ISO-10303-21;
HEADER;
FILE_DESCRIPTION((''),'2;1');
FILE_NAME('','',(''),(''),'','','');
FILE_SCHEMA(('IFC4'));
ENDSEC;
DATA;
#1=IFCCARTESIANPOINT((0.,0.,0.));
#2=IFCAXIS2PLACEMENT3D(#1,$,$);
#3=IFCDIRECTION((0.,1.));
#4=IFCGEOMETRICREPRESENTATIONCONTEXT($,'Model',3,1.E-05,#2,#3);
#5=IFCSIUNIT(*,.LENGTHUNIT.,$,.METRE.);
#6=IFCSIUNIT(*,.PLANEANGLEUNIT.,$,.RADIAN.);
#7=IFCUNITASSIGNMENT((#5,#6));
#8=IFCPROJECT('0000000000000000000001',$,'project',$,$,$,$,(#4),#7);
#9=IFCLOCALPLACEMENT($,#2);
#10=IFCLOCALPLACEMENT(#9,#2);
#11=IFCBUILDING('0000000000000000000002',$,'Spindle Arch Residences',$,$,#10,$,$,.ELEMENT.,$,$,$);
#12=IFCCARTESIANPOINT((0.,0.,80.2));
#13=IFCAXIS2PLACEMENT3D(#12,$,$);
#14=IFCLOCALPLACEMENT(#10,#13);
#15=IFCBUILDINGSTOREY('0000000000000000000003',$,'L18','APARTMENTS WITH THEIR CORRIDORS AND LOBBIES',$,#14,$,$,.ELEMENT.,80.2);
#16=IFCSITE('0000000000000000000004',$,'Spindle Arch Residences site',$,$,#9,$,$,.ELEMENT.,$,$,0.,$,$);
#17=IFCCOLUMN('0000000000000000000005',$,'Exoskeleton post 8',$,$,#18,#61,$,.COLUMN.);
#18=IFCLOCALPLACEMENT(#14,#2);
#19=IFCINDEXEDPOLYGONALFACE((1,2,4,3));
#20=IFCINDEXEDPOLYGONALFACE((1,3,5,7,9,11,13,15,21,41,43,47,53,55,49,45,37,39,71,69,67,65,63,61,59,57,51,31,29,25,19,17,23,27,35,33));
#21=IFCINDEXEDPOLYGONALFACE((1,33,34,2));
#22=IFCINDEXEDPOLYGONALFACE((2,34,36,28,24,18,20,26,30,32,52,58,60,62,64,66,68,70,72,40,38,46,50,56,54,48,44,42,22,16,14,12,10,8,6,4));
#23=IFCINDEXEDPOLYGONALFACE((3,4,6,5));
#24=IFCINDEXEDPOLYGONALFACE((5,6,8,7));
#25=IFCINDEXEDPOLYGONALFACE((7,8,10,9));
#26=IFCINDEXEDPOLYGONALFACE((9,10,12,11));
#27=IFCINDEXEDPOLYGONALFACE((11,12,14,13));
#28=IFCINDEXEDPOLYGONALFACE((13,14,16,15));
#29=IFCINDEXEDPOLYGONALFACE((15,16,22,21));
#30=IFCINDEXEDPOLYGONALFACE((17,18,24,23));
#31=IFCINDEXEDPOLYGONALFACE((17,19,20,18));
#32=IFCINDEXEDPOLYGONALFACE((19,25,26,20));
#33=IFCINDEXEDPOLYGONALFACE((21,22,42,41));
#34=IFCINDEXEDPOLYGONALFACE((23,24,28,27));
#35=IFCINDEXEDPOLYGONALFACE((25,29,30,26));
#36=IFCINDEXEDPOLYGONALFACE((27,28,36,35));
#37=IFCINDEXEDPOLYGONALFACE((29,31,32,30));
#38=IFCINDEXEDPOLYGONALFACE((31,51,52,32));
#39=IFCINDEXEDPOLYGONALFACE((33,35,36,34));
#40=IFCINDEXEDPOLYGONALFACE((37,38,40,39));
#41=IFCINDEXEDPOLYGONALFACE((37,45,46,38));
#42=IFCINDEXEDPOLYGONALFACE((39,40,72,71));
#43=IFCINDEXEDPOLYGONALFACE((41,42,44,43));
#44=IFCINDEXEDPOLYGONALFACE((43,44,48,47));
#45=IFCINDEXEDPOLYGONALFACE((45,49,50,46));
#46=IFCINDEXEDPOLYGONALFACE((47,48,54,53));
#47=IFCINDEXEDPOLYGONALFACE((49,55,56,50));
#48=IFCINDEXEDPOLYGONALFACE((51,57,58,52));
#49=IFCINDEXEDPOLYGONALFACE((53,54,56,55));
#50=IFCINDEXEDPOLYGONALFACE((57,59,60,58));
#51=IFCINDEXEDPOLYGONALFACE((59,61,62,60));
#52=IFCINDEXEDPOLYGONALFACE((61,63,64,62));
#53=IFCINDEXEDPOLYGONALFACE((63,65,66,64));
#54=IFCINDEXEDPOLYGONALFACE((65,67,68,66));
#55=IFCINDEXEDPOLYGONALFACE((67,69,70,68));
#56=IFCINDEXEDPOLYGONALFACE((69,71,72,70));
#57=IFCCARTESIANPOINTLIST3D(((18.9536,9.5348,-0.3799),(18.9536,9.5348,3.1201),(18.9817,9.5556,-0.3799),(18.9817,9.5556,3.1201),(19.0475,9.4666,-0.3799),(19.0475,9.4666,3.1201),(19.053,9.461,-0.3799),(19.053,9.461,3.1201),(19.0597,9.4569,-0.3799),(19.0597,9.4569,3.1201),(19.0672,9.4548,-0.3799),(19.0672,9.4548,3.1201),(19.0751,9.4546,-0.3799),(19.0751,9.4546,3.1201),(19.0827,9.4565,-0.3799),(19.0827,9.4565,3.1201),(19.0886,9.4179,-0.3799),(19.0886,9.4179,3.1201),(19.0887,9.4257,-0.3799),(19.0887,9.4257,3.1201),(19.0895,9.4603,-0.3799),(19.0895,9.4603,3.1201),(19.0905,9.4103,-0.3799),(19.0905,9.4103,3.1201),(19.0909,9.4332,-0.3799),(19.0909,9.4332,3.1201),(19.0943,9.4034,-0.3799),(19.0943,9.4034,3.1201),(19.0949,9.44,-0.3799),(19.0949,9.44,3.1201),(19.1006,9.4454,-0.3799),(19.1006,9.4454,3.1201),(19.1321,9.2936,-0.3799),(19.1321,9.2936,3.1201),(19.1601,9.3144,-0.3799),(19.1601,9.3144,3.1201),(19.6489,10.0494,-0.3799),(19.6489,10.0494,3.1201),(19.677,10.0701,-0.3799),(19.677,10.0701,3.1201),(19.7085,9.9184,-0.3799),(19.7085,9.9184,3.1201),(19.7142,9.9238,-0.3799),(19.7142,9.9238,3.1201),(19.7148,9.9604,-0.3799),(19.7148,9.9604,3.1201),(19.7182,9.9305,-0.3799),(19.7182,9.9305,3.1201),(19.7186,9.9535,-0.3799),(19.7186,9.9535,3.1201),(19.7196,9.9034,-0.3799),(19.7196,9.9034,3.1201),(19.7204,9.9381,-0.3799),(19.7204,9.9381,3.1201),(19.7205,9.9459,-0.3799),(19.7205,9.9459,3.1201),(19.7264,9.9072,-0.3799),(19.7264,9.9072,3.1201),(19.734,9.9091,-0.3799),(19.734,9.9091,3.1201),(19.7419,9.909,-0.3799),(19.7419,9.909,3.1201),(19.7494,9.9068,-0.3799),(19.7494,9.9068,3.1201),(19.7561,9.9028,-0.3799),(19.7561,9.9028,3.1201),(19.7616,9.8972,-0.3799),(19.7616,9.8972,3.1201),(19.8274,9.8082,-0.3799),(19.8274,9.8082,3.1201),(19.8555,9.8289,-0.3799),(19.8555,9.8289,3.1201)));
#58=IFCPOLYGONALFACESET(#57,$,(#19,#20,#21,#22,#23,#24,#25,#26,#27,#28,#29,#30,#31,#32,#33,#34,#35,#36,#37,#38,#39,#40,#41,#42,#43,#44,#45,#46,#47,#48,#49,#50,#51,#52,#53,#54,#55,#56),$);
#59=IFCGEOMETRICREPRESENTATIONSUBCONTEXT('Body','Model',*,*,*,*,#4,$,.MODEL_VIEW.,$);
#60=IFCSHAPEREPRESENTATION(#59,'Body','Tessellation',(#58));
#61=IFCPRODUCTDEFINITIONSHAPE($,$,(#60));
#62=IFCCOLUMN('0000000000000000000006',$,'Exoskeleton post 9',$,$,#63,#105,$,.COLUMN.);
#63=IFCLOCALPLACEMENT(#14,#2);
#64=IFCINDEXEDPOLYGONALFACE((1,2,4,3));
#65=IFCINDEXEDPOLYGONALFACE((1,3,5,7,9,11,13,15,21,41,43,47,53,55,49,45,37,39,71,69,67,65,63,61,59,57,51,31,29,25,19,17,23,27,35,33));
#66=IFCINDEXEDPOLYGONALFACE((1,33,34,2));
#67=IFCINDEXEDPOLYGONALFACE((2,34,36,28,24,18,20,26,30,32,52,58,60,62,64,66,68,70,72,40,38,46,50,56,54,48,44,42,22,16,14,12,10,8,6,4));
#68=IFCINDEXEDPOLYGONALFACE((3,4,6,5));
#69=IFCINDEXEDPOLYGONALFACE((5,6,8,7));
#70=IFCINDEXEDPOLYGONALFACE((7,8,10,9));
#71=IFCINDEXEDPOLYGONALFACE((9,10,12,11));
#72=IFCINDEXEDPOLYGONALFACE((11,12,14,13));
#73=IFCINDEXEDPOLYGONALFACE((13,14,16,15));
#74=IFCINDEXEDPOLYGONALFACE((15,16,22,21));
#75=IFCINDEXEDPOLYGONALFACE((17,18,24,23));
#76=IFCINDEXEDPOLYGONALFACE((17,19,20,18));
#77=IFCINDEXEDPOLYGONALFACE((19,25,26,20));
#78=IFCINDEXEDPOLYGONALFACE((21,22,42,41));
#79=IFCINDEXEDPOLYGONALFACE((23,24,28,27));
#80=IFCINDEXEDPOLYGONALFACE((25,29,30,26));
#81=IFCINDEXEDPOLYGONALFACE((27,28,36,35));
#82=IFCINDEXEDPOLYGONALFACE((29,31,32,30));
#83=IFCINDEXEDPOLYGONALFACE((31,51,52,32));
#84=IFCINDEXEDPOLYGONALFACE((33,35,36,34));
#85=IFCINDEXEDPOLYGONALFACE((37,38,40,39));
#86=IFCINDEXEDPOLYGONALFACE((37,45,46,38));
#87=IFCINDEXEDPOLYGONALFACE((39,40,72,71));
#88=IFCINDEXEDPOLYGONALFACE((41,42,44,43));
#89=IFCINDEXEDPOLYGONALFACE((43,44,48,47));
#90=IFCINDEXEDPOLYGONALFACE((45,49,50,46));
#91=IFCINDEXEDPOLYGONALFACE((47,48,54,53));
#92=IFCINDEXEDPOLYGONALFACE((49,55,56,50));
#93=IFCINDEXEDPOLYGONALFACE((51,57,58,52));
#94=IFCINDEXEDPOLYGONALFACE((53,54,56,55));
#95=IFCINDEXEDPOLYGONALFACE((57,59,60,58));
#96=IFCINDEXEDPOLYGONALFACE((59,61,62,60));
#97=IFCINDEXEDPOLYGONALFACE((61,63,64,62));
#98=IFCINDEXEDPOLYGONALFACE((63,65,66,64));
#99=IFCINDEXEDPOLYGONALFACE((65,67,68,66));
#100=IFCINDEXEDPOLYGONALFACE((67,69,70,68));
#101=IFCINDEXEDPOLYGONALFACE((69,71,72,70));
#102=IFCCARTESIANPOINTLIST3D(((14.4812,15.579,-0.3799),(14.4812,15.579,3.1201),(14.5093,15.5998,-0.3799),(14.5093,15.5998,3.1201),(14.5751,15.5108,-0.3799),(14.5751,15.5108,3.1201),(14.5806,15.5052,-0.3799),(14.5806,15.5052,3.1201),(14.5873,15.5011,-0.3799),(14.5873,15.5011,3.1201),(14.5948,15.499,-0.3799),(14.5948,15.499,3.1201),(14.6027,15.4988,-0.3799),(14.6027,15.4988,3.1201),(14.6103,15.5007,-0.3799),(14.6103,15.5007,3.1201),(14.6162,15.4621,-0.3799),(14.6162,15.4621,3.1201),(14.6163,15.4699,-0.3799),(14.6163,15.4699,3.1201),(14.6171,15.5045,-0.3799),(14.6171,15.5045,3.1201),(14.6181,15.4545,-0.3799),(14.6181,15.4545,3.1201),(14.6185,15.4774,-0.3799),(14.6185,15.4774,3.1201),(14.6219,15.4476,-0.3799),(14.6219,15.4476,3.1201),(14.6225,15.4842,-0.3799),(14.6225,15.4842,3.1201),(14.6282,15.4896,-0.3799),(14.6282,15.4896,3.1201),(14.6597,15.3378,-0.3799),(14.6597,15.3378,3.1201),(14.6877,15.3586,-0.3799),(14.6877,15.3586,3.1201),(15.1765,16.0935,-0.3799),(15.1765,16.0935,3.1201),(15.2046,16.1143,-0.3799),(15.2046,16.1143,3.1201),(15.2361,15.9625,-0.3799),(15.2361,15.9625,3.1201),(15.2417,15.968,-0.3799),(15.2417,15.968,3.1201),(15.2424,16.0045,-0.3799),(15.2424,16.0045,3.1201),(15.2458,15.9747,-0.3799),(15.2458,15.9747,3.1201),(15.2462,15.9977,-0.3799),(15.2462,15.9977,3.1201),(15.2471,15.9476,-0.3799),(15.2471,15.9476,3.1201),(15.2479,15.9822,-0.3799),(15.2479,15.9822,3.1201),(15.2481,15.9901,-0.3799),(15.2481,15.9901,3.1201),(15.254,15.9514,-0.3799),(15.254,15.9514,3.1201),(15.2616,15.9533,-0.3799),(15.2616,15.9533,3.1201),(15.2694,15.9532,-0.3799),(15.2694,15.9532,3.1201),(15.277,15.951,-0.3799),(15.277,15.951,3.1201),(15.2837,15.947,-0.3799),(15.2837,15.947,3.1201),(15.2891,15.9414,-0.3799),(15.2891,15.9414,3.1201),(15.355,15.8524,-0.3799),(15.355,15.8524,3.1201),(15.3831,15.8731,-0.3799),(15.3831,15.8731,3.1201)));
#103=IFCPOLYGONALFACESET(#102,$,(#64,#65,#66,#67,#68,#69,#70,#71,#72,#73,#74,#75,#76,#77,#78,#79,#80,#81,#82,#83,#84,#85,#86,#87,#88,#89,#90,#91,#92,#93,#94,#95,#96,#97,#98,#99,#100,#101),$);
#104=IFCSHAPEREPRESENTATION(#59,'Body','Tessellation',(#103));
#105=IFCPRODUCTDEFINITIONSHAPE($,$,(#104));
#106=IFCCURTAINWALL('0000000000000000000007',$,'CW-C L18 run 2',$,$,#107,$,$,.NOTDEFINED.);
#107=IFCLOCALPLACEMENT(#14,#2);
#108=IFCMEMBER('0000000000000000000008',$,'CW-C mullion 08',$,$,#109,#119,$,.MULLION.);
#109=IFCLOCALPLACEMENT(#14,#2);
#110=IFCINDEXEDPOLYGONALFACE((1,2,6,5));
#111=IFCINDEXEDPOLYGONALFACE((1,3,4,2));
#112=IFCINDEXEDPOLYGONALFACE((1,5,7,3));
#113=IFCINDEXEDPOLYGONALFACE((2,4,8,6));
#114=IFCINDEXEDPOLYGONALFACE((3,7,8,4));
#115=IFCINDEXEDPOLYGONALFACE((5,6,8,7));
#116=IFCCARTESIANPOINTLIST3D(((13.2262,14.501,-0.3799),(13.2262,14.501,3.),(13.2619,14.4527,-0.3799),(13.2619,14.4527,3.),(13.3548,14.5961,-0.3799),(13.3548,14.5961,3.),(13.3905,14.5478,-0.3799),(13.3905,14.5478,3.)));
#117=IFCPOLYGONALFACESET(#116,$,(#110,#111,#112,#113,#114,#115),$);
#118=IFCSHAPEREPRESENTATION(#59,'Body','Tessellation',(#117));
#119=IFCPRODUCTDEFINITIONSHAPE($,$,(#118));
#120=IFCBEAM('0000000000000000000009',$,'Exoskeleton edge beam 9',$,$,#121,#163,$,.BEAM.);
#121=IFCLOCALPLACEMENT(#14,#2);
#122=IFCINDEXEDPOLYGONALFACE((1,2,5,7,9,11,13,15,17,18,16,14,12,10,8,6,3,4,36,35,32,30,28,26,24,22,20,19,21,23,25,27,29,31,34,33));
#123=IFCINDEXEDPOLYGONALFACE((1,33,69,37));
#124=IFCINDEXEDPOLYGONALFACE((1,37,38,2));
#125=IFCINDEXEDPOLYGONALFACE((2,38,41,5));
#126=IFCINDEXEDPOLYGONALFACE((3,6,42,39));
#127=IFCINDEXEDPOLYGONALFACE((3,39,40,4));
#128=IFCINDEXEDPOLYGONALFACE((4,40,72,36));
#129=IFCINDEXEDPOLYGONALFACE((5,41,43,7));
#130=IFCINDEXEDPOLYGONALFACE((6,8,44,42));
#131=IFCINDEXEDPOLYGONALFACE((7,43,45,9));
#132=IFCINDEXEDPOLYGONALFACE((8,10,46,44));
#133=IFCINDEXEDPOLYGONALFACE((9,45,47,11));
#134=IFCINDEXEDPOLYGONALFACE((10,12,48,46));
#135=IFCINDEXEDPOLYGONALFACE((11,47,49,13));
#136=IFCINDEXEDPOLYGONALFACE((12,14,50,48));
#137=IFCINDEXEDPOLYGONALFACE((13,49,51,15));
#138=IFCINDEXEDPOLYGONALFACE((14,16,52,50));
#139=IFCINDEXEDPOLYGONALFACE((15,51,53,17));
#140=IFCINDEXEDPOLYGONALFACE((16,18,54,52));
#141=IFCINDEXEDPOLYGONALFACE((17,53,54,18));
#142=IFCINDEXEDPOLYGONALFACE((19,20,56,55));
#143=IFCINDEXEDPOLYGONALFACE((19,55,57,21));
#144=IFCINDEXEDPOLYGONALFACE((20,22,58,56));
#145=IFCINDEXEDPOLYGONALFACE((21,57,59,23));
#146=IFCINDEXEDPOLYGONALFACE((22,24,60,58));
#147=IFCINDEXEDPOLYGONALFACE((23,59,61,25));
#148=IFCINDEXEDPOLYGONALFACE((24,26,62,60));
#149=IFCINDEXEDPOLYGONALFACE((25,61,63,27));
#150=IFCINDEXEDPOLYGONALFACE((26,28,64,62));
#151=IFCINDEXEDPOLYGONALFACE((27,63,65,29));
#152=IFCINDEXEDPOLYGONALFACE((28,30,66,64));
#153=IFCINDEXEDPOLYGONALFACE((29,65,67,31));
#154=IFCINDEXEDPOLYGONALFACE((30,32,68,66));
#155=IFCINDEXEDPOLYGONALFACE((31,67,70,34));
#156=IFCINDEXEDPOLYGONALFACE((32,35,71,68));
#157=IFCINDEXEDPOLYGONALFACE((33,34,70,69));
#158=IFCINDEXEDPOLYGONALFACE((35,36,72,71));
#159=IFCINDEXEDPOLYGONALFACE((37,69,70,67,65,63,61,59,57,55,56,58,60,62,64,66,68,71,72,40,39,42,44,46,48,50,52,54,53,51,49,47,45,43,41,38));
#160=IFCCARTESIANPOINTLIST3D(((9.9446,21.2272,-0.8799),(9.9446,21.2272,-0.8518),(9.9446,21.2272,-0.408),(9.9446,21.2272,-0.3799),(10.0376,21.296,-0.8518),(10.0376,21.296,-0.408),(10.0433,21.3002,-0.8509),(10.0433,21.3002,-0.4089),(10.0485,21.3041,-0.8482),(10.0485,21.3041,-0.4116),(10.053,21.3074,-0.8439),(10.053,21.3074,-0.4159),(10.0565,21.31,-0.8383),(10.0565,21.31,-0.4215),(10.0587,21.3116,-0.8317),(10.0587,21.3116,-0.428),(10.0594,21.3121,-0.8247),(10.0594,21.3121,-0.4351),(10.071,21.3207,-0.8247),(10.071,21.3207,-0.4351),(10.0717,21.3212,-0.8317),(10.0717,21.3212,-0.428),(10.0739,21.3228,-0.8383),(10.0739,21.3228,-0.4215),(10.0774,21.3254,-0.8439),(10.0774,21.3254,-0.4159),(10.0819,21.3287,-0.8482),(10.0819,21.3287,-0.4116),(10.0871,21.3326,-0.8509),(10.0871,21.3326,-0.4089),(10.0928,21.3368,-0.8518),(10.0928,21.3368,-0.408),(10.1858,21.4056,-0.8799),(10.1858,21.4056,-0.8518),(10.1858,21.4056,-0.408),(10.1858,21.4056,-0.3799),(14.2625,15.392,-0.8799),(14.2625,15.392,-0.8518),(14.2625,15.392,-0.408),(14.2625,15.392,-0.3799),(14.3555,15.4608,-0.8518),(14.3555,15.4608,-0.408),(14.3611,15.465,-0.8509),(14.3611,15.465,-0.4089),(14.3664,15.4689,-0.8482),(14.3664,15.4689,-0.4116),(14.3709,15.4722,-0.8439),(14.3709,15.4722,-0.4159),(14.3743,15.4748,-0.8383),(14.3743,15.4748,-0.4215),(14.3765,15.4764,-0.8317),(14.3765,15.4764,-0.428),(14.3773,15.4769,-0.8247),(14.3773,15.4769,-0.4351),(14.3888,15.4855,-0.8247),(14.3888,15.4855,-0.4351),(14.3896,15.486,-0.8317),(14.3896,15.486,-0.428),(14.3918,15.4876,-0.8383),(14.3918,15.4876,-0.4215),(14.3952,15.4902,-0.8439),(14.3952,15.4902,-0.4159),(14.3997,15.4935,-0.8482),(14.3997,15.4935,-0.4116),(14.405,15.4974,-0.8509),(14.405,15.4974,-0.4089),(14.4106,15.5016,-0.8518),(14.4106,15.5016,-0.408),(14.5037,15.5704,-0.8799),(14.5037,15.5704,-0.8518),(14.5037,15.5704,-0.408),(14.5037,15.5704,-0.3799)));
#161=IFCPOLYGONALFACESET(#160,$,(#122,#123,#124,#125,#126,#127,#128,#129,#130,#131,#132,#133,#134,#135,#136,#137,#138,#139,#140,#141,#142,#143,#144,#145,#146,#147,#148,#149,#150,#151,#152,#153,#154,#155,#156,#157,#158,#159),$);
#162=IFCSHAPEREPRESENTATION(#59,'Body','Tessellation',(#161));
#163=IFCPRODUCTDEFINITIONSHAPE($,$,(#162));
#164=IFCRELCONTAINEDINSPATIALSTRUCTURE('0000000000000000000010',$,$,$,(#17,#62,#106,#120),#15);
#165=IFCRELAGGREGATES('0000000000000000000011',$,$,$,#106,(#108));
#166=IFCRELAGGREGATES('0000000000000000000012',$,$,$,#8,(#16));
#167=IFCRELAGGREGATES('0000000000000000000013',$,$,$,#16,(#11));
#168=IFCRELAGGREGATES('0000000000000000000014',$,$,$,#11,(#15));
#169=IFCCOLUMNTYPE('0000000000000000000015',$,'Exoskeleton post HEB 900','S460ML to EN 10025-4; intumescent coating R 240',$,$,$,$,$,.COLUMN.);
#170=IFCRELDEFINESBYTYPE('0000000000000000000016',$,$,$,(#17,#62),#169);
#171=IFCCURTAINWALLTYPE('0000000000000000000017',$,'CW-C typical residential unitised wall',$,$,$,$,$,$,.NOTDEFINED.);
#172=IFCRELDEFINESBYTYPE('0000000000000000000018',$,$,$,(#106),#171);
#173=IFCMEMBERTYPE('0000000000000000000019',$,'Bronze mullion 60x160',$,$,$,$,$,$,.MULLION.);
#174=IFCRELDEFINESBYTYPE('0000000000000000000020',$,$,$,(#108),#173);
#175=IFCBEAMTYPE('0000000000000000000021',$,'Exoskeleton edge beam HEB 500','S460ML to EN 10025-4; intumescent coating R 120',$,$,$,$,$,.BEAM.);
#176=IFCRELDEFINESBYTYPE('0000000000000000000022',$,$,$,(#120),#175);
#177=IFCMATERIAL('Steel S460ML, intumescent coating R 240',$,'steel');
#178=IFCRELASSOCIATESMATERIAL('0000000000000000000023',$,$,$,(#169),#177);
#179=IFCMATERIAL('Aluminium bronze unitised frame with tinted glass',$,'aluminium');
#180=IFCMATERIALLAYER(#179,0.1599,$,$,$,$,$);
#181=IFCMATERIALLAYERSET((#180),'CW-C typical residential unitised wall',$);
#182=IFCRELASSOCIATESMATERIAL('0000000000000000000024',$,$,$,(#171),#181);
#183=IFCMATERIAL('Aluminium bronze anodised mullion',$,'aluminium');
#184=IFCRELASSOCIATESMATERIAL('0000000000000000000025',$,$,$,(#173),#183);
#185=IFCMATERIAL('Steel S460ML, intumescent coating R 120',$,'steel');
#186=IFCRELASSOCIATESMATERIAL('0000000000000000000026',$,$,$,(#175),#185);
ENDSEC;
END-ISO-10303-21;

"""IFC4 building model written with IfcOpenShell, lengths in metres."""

from ifc_helpers import new_model, si_unit, direction, frame, origin, origin_2d, place, context, subcontext, project, spatial, rectangle, i_section, extrude, material, layer, layer_set, material_profile, profile_set, type_object, element, aggregate, save


model = new_model("IFC4")

# Units and contexts
model_context = context("Model", 3, precision=1e-05, world=origin(), true_north=direction((0.0, 1.0)))
body_context = subcontext(model_context, "Body", "Model", "MODEL_VIEW")
ifc_project = project(units=[si_unit("LENGTHUNIT", "METRE"), si_unit("PLANEANGLEUNIT", "RADIAN")], contexts=[model_context])

# Site, building, storey
site_placement = place(None, origin())
site = spatial("IfcSite", under=ifc_project, at=site_placement, Name="Spindle Arch Residences site", CompositionType="ELEMENT", RefElevation=0.0)
building_placement = place(site_placement, origin())
building = spatial("IfcBuilding", under=site, at=building_placement, Name="Spindle Arch Residences", CompositionType="ELEMENT")
storey_placement = place(building_placement, frame((0.0, 0.0, 80.2)))
storey = spatial("IfcBuildingStorey", under=building, at=storey_placement, Name="L18", Description="APARTMENTS WITH THEIR CORRIDORS AND LOBBIES", CompositionType="ELEMENT", Elevation=80.2)

# Columns
ifc_material_1 = material(Name="Steel S460ML, intumescent coating R 240", Category="steel")
ifc_material_profile_1 = material_profile(ifc_material_1, i_section(OverallWidth=0.3, OverallDepth=0.8999, WebThickness=0.0186, FlangeThickness=0.0349, FilletRadius=0.03, at=origin_2d()), Name="HEB 900")
ifc_profile_set_1 = profile_set([ifc_material_profile_1], Name="Steel S460ML, intumescent coating R 240")
column_type = type_object("IfcColumnType", Name="Exoskeleton post HEB 900", Description="S460ML to EN 10025-4; intumescent coating R 240", PredefinedType="COLUMN", material=ifc_profile_set_1)
for number, where, z_axis, x_axis, name in (
    (1, (19.4045, 9.6819, -0.3799), (0.0, 0.0, 1.0), (0.594823, -0.803857, 0.0), "Exoskeleton post 8"),
    (2, (14.9321, 15.7261, -0.3799), (0.0, 0.0, 1.0), (0.594823, -0.803857, 0.0), "Exoskeleton post 9"),
):
    element("IfcColumn", number, at=place(storey_placement, frame(where, z_axis=z_axis, x_axis=x_axis)), inside=storey, type_object=column_type, Name=name, PredefinedType="COLUMN", context=body_context, shape_type="SweptSolid", body=[
        extrude(i_section(OverallWidth=0.3, OverallDepth=0.8999, WebThickness=0.0186, FlangeThickness=0.0349, FilletRadius=0.03, at=origin_2d()), origin(), (0.0, 0.0, 1.0), 3.5),
    ])

# Curtain wall, member
ifc_material_2 = material(Name="Aluminium bronze unitised frame with tinted glass", Category="aluminium")
ifc_layer_1 = layer(ifc_material_2, 0.1599)
ifc_layer_set_1 = layer_set([ifc_layer_1], Name="CW-C typical residential unitised wall")
curtain_wall_type = type_object("IfcCurtainWallType", Name="CW-C typical residential unitised wall", PredefinedType="NOTDEFINED", material=ifc_layer_set_1)
curtain_wall_placement = place(storey_placement, origin())
curtain_wall = element("IfcCurtainWall", 3, at=curtain_wall_placement, inside=storey, type_object=curtain_wall_type, Name="CW-C L18 run 2", PredefinedType="NOTDEFINED")
ifc_material_3 = material(Name="Aluminium bronze anodised mullion", Category="aluminium")
ifc_material_profile_2 = material_profile(ifc_material_3, rectangle(XDim=0.1599, YDim=0.0601, at=origin_2d()), Name="MU 60x160")
ifc_profile_set_2 = profile_set([ifc_material_profile_2], Name="Aluminium bronze anodised mullion")
member_type = type_object("IfcMemberType", Name="Bronze mullion 60x160", PredefinedType="MULLION", material=ifc_profile_set_2)
member_placement = place(storey_placement, frame((13.3083, 14.5244, -0.3799), z_axis=(0.0, 0.0, 1.0), x_axis=(-0.803857, -0.594823, 0.0)))
member = element("IfcMember", 4, at=member_placement, type_object=member_type, Name="CW-C mullion 08", PredefinedType="MULLION", context=body_context, shape_type="SweptSolid", body=[
    extrude(rectangle(XDim=0.1599, YDim=0.0601, at=origin_2d()), origin(), (0.0, 0.0, 1.0), 3.3799),
])

# Beam
ifc_material_4 = material(Name="Steel S460ML, intumescent coating R 120", Category="steel")
ifc_material_profile_3 = material_profile(ifc_material_4, i_section(OverallWidth=0.3, OverallDepth=0.5, WebThickness=0.0144, FlangeThickness=0.0281, FilletRadius=0.0271, at=origin_2d()), Name="HEB 500")
ifc_profile_set_3 = profile_set([ifc_material_profile_3], Name="Steel S460ML, intumescent coating R 120")
beam_type_1 = type_object("IfcBeamType", Name="Exoskeleton edge beam HEB 500", Description="S460ML to EN 10025-4; intumescent coating R 120", PredefinedType="BEAM", material=ifc_profile_set_3)
beam_1_placement = place(storey_placement, frame((14.3831, 15.4812, -0.6299), z_axis=(-0.594827, 0.803854, 0.0), x_axis=(-0.803854, -0.594827, 0.0)))
element("IfcBeam", 5, at=beam_1_placement, inside=storey, type_object=beam_type_1, Name="Exoskeleton edge beam 9", PredefinedType="BEAM", context=body_context, shape_type="SweptSolid", body=[
    extrude(i_section(OverallWidth=0.3, OverallDepth=0.5, WebThickness=0.0144, FlangeThickness=0.0281, FilletRadius=0.0271, at=origin_2d()), origin(), (0.0, 0.0, 1.0), 7.259),
])

aggregate(curtain_wall, [member])

save(model, "model.ifc")
